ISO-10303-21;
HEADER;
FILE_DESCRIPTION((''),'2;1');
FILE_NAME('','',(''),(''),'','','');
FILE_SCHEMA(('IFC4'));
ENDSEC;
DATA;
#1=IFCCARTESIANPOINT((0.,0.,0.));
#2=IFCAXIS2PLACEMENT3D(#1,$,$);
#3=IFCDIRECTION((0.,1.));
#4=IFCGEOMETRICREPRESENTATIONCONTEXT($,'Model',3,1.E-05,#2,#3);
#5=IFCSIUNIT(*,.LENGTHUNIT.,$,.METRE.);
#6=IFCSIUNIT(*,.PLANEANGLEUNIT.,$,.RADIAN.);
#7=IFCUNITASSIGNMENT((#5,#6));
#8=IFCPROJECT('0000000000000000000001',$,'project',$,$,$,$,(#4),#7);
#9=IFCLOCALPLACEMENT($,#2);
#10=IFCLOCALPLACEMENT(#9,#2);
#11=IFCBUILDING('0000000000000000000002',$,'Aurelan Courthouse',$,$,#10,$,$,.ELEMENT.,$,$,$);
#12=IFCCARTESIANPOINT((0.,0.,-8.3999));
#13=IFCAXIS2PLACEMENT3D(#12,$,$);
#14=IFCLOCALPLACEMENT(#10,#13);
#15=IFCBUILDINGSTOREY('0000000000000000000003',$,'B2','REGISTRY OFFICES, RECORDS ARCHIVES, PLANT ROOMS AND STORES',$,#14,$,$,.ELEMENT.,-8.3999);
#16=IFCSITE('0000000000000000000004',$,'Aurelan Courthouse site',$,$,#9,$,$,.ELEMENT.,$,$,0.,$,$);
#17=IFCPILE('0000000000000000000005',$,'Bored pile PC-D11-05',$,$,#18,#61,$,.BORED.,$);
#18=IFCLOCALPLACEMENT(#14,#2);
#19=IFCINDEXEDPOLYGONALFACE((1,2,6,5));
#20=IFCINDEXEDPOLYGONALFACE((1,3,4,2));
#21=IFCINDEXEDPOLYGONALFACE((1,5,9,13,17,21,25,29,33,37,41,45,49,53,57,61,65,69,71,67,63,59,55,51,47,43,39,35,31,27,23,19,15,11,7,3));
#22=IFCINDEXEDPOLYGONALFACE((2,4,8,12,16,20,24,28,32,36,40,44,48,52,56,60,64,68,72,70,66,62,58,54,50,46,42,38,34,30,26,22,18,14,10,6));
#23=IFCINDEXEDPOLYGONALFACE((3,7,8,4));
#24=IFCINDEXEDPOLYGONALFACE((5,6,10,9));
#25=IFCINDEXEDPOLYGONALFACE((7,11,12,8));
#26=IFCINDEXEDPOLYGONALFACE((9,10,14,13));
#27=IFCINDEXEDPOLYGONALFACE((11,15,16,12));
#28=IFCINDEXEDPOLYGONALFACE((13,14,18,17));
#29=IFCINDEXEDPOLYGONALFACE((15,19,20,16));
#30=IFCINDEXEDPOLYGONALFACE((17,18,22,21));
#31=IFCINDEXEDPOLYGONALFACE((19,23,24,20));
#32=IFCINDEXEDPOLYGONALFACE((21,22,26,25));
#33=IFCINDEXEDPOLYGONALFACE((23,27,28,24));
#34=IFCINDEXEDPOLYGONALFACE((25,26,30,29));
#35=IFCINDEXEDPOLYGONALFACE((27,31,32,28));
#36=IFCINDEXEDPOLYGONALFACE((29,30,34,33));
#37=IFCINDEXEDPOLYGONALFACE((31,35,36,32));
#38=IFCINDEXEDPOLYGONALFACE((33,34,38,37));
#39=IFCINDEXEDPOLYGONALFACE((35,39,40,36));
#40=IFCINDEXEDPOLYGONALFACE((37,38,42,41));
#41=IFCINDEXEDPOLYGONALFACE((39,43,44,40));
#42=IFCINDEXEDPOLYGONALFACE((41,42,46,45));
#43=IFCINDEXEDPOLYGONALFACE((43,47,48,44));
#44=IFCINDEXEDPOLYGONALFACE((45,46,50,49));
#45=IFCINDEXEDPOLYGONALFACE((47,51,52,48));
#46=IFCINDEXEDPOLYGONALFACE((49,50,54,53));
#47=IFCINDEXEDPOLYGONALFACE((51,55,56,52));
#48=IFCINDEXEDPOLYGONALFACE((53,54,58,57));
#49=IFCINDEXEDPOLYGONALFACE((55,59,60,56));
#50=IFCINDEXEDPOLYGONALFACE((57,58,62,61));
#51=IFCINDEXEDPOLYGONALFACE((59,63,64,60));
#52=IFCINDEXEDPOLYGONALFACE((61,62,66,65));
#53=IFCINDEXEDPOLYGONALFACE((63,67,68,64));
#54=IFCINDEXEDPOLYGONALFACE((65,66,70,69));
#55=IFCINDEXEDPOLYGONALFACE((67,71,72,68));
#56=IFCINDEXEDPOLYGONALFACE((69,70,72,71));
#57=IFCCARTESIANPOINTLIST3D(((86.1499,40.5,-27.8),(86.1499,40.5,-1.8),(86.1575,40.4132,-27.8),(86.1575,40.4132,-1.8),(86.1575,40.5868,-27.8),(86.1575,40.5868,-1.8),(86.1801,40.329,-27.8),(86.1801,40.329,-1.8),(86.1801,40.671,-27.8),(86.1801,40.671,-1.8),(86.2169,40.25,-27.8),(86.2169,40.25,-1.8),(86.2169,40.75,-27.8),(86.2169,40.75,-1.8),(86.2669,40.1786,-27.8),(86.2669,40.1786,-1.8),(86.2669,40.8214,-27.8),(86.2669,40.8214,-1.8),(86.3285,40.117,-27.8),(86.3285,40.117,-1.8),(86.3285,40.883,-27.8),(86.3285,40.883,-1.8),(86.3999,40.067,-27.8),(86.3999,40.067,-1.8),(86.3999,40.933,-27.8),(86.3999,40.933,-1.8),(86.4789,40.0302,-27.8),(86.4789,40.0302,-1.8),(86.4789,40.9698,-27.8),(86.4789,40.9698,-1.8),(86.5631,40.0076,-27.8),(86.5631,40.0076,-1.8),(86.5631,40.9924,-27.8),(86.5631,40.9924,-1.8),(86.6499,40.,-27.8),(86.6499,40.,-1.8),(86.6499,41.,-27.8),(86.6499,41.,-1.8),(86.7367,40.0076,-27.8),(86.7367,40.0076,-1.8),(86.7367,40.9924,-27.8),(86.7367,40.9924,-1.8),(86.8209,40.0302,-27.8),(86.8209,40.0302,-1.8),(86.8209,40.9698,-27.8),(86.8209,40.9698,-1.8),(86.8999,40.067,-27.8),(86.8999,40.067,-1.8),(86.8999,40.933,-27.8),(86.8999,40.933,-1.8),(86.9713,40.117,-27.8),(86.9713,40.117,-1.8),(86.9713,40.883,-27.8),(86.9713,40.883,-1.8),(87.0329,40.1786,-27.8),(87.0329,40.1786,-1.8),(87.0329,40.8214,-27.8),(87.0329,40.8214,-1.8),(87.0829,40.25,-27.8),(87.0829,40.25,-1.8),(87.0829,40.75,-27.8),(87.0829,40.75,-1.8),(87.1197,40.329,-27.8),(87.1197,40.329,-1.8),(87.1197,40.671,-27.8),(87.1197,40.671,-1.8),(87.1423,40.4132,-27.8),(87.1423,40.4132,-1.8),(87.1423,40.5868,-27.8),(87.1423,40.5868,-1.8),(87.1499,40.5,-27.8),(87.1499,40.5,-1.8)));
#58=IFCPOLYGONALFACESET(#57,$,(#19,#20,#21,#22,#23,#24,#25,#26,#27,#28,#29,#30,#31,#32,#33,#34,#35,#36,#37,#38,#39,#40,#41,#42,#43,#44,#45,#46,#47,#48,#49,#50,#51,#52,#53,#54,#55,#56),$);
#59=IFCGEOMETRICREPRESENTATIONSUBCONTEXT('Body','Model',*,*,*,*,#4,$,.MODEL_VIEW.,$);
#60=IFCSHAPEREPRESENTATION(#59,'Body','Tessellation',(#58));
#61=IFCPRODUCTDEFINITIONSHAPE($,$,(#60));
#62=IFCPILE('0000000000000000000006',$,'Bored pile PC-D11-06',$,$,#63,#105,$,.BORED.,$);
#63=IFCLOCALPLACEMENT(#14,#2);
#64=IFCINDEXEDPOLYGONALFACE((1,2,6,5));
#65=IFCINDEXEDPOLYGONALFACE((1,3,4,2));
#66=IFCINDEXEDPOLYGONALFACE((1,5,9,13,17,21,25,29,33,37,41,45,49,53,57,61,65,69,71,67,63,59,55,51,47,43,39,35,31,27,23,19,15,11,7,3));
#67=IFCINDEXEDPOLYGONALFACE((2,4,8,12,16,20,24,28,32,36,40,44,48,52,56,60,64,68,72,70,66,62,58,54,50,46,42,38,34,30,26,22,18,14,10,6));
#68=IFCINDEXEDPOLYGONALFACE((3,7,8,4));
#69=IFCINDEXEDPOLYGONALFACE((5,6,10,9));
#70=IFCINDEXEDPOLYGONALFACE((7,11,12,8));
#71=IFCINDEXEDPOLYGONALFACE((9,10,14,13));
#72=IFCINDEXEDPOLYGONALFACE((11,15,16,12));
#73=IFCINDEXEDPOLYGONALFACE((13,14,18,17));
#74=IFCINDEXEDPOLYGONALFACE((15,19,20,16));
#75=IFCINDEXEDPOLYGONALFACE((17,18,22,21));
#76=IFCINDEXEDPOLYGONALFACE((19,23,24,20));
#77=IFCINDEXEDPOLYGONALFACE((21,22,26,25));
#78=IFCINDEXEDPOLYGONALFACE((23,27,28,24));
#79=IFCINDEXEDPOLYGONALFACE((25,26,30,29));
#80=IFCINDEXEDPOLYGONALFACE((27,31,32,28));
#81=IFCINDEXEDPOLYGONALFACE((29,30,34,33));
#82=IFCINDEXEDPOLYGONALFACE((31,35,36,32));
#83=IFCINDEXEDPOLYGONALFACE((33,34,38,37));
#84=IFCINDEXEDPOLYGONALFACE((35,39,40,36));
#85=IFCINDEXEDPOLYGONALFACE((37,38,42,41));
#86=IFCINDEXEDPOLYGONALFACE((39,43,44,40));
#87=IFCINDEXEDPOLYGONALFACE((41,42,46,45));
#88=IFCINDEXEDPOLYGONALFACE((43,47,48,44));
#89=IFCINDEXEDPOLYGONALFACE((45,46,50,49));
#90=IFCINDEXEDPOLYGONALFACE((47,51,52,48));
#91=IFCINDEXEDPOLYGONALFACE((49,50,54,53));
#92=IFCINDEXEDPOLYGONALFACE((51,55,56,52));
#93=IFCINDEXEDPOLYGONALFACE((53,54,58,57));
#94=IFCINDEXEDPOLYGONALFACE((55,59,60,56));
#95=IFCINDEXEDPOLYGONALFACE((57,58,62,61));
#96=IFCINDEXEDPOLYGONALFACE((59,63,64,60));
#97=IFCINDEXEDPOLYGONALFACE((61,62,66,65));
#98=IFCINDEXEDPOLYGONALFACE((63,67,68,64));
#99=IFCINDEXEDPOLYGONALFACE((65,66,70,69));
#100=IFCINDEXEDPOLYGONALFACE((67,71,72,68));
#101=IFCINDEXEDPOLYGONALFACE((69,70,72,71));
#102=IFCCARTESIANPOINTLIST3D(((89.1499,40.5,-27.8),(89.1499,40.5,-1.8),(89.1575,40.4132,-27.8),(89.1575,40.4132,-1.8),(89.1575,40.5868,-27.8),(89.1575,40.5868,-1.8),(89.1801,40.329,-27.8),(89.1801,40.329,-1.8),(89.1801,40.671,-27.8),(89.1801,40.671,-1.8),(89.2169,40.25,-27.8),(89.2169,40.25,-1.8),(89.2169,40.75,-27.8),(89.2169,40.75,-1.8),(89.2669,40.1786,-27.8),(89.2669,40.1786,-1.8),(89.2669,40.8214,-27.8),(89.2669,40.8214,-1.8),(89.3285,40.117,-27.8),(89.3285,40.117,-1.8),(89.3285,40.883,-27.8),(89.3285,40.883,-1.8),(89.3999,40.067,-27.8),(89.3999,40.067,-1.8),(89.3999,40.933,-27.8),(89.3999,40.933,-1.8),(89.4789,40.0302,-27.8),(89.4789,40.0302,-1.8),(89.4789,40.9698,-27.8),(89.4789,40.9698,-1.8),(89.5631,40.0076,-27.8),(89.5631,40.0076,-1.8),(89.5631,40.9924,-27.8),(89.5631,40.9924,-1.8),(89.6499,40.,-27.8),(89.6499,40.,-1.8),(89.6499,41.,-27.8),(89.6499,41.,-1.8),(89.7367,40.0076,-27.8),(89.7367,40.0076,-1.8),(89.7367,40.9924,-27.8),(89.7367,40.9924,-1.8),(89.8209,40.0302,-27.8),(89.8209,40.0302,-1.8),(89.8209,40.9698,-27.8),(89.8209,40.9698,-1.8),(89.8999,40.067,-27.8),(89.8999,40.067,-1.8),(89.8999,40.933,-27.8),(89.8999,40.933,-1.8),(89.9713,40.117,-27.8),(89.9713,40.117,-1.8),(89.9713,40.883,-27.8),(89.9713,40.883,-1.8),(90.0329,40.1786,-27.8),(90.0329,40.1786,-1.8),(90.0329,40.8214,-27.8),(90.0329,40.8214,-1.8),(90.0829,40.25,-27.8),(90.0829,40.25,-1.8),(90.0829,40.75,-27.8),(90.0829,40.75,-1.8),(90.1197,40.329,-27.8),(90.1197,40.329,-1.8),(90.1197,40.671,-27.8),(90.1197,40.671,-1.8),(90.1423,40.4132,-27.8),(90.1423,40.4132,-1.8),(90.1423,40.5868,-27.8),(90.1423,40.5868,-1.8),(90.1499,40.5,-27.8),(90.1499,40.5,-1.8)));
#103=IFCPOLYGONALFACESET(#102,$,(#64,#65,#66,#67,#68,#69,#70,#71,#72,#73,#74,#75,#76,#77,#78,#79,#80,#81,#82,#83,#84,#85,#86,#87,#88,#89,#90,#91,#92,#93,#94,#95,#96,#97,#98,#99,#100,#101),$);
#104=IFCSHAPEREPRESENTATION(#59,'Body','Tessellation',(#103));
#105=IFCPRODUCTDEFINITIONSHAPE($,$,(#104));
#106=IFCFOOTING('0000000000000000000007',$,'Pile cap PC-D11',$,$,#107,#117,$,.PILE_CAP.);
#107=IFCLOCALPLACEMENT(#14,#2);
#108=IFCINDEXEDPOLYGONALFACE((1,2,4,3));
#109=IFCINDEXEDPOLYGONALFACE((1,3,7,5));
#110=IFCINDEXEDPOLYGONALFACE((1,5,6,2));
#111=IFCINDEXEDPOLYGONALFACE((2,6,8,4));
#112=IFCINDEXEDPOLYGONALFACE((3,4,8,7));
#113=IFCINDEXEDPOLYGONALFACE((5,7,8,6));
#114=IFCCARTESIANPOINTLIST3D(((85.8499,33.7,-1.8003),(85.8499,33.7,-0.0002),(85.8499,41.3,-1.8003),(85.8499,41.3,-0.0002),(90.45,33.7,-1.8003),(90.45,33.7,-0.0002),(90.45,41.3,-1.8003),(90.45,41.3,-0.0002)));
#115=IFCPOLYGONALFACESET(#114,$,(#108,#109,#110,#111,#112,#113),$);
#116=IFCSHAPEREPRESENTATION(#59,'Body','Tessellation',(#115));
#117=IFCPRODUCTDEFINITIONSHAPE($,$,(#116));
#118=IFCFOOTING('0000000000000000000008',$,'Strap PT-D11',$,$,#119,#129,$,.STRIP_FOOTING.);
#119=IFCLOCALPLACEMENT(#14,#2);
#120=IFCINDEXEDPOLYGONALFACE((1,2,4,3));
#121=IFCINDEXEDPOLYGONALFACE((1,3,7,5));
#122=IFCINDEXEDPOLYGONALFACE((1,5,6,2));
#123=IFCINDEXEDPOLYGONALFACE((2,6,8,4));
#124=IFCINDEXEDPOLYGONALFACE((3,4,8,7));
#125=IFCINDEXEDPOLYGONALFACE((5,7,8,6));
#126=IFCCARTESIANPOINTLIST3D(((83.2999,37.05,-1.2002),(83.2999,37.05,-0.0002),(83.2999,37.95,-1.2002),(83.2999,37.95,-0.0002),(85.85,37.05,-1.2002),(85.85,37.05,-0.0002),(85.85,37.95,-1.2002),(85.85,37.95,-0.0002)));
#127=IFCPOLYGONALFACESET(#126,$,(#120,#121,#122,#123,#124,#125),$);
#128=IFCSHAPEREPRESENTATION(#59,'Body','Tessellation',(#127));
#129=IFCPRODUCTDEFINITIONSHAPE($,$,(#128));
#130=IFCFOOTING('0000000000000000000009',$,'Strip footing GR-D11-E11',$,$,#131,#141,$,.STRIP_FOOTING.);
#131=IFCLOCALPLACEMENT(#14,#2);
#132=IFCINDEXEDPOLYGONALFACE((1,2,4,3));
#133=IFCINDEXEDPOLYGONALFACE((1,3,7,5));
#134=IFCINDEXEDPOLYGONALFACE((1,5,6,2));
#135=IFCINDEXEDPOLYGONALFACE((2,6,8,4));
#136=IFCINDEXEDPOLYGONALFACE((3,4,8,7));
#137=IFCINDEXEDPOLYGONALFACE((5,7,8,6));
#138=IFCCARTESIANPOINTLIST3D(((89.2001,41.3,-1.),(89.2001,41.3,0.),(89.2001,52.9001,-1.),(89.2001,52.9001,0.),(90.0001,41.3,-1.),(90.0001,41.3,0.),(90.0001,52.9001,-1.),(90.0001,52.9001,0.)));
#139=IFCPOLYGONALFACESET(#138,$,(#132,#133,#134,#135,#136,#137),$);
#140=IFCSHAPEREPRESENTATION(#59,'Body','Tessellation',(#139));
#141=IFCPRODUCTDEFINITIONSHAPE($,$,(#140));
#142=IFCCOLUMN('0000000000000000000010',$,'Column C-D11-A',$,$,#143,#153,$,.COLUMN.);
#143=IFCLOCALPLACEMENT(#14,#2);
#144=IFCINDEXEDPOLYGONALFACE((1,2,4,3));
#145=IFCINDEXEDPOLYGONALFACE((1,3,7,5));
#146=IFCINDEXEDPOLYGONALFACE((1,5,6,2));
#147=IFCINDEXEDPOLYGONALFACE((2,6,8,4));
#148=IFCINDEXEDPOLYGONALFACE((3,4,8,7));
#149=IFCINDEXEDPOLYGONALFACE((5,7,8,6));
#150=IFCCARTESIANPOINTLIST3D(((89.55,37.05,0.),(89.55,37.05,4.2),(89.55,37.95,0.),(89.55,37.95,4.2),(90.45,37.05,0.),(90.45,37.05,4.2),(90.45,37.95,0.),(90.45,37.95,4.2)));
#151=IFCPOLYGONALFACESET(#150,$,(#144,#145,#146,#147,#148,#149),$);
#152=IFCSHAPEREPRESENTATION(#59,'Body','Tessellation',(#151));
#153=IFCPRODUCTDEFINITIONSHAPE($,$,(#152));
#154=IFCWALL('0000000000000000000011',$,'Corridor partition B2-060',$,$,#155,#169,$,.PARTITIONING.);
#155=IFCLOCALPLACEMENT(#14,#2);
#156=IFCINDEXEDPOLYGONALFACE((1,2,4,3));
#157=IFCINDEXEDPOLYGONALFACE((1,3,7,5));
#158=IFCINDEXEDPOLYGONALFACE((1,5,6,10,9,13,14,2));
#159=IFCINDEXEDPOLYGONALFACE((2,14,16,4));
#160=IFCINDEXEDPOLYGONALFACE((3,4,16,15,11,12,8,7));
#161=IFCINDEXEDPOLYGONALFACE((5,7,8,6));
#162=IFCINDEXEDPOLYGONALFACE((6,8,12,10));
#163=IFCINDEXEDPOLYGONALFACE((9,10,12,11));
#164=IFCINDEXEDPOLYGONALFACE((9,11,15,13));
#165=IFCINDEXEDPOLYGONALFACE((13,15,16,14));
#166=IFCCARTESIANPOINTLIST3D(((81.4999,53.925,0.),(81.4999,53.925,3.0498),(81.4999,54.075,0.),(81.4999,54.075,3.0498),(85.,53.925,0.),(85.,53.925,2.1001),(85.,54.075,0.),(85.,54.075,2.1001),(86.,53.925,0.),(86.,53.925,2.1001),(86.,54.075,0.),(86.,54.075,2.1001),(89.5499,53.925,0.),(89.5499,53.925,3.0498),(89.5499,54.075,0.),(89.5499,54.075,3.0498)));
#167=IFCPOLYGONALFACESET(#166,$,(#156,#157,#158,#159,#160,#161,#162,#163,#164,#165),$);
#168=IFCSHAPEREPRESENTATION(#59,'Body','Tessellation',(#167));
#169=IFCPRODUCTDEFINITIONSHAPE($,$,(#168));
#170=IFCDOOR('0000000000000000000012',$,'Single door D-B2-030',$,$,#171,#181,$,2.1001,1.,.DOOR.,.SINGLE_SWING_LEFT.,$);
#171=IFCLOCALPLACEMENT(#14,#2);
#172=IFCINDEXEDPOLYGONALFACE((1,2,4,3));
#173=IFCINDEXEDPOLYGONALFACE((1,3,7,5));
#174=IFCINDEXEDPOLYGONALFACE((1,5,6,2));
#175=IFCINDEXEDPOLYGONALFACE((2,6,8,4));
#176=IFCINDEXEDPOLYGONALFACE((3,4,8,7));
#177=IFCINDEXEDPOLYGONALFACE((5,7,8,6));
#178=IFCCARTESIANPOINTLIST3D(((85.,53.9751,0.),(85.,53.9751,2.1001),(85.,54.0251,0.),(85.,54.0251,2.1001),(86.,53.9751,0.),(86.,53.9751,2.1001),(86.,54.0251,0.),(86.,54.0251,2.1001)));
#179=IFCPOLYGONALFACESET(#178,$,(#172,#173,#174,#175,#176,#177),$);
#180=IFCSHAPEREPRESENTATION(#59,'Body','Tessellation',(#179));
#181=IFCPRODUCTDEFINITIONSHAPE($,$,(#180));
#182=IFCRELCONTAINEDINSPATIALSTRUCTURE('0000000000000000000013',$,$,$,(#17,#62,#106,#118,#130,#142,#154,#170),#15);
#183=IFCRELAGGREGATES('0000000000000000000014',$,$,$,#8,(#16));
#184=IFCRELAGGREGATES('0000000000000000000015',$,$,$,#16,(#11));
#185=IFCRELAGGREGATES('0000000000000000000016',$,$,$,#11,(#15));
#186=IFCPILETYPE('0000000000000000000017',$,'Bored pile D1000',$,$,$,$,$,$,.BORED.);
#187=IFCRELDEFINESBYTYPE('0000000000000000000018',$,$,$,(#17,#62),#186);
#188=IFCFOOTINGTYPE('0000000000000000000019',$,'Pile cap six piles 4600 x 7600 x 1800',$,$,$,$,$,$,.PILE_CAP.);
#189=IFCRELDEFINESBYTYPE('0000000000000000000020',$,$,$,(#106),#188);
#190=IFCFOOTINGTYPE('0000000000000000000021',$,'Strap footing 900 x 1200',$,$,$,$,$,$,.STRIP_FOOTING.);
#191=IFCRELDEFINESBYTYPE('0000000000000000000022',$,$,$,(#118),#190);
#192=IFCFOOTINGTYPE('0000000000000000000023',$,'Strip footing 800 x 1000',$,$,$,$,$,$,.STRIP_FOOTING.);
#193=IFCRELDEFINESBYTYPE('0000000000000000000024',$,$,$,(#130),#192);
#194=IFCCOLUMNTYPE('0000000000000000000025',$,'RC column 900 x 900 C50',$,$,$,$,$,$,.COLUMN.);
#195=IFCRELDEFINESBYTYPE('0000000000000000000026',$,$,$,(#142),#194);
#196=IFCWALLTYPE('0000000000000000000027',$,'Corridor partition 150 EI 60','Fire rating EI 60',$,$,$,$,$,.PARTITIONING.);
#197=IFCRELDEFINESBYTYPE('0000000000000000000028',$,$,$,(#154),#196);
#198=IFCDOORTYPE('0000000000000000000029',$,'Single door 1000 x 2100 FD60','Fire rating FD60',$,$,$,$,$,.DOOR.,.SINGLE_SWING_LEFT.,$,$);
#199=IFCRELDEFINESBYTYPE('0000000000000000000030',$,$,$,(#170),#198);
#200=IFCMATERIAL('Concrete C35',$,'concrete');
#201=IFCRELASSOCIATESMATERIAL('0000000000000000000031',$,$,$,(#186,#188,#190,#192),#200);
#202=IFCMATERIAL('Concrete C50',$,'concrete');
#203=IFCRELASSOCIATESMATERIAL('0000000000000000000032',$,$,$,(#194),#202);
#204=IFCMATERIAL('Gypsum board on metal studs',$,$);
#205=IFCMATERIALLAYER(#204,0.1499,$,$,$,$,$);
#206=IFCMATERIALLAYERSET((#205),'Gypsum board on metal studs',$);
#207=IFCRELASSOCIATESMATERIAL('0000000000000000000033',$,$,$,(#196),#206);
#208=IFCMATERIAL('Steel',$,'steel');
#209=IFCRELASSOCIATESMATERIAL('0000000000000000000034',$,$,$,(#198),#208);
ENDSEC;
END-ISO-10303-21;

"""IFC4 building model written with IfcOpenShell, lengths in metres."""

from ifc_helpers import new_model, si_unit, direction, frame, frame_2d, origin, origin_2d, place, context, subcontext, project, spatial, rectangle, circle, extrude, material, layer, layer_set, material_profile, profile_set, type_object, element, fill, save


model = new_model("IFC4")

# Units and contexts
model_context = context("Model", 3, precision=1e-05, world=origin(), true_north=direction((0.0, 1.0)))
body_context = subcontext(model_context, "Body", "Model", "MODEL_VIEW")
ifc_project = project(units=[si_unit("LENGTHUNIT", "METRE"), si_unit("PLANEANGLEUNIT", "RADIAN")], contexts=[model_context])

# Site, building, storey
site_placement = place(None, origin())
site = spatial("IfcSite", under=ifc_project, at=site_placement, Name="Aurelan Courthouse site", CompositionType="ELEMENT", RefElevation=0.0)
building_placement = place(site_placement, origin())
building = spatial("IfcBuilding", under=site, at=building_placement, Name="Aurelan Courthouse", CompositionType="ELEMENT")
storey_placement = place(building_placement, frame((0.0, 0.0, -8.3999)))
storey = spatial("IfcBuildingStorey", under=building, at=storey_placement, Name="B2", Description="REGISTRY OFFICES, RECORDS ARCHIVES, PLANT ROOMS AND STORES", CompositionType="ELEMENT", Elevation=-8.3999)

# Piles
ifc_material_1 = material(Name="Concrete C35", Category="concrete")
ifc_material_profile_1 = material_profile(ifc_material_1, circle(Radius=0.5, at=origin_2d()), Name="D1000")
ifc_profile_set_1 = profile_set([ifc_material_profile_1], Name="Concrete C35")
pile_type = type_object("IfcPileType", Name="Bored pile D1000", PredefinedType="BORED", material=ifc_profile_set_1)
for number, where, z_axis, x_axis, name in (
    (1, (86.6499, 40.5, -1.8), (0.0, 0.0, -1.0), (1.0, 0.0, 0.0), "Bored pile PC-D11-05"),
    (2, (89.6499, 40.5, -1.8), (0.0, 0.0, -1.0), (1.0, 0.0, 0.0), "Bored pile PC-D11-06"),
):
    element("IfcPile", number, at=place(storey_placement, frame(where, z_axis=z_axis, x_axis=x_axis)), inside=storey, type_object=pile_type, Name=name, PredefinedType="BORED", context=body_context, shape_type="SweptSolid", body=[
        extrude(circle(Radius=0.5, at=origin_2d()), origin(), (0.0, 0.0, 1.0), 26.0),
    ])

# Footings
footing_type_1 = type_object("IfcFootingType", Name="Pile cap six piles 4600 x 7600 x 1800", PredefinedType="PILE_CAP", material=ifc_material_1)
footing_1_placement = place(storey_placement, frame((88.1499, 37.5, -1.8003), z_axis=(0.0, 0.0, 1.0), x_axis=(1.0, 0.0, 0.0)))
element("IfcFooting", 3, at=footing_1_placement, inside=storey, type_object=footing_type_1, Name="Pile cap PC-D11", PredefinedType="PILE_CAP", context=body_context, shape_type="SweptSolid", body=[
    extrude(rectangle(XDim=4.6001, YDim=7.6001, at=origin_2d()), origin(), (0.0, 0.0, 1.0), 1.8),
])
footing_type_2 = type_object("IfcFootingType", Name="Strap footing 900 x 1200", PredefinedType="STRIP_FOOTING", material=ifc_material_1)
footing_2_placement = place(storey_placement, frame((84.575, 37.5, -1.2002), z_axis=(0.0, 0.0, 1.0), x_axis=(1.0, 0.0, 0.0)))
element("IfcFooting", 4, at=footing_2_placement, inside=storey, type_object=footing_type_2, Name="Strap PT-D11", PredefinedType="STRIP_FOOTING", context=body_context, shape_type="SweptSolid", body=[
    extrude(rectangle(XDim=2.55, YDim=0.8999, at=origin_2d()), origin(), (0.0, 0.0, 1.0), 1.2),
])
footing_type_3 = type_object("IfcFootingType", Name="Strip footing 800 x 1000", PredefinedType="STRIP_FOOTING", material=ifc_material_1)
footing_3_placement = place(storey_placement, frame((89.6001, 47.1001, -1.0), z_axis=(0.0, 0.0, 1.0), x_axis=(1.0, 0.0, 0.0)))
element("IfcFooting", 5, at=footing_3_placement, inside=storey, type_object=footing_type_3, Name="Strip footing GR-D11-E11", PredefinedType="STRIP_FOOTING", context=body_context, shape_type="SweptSolid", body=[
    extrude(rectangle(XDim=0.8, YDim=11.6001, at=origin_2d()), origin(), (0.0, 0.0, 1.0), 1.0),
])

# Column
ifc_material_2 = material(Name="Concrete C50", Category="concrete")
ifc_material_profile_2 = material_profile(ifc_material_2, rectangle(XDim=0.8999, YDim=0.8999, at=origin_2d()), Name="RC 900 x 900")
ifc_profile_set_2 = profile_set([ifc_material_profile_2], Name="Concrete C50")
column_type = type_object("IfcColumnType", Name="RC column 900 x 900 C50", PredefinedType="COLUMN", material=ifc_profile_set_2)
column_placement = place(storey_placement, frame((90.0, 37.5, 0.0), z_axis=(0.0, 0.0, 1.0), x_axis=(1.0, 0.0, 0.0)))
element("IfcColumn", 6, at=column_placement, inside=storey, type_object=column_type, Name="Column C-D11-A", PredefinedType="COLUMN", context=body_context, shape_type="SweptSolid", body=[
    extrude(rectangle(XDim=0.8999, YDim=0.8999, at=origin_2d()), origin(), (0.0, 0.0, 1.0), 4.2),
])

# Wall, opening, door
ifc_material_3 = material(Name="Gypsum board on metal studs")
ifc_layer_1 = layer(ifc_material_3, 0.1499)
ifc_layer_set_1 = layer_set([ifc_layer_1], Name="Gypsum board on metal studs")
wall_type_1 = type_object("IfcWallType", Name="Corridor partition 150 EI 60", Description="Fire rating EI 60", PredefinedType="PARTITIONING", material=ifc_layer_set_1)
wall_1_placement = place(storey_placement, frame((81.5, 54.0, 0.0), z_axis=(0.0, 0.0, 1.0), x_axis=(1.0, 0.0, 0.0)))
wall_1 = element("IfcWall", 7, at=wall_1_placement, inside=storey, type_object=wall_type_1, Name="Corridor partition B2-060", PredefinedType="PARTITIONING", context=body_context, shape_type="SweptSolid", body=[
    extrude(rectangle(XDim=8.05, YDim=0.1499, at=frame_2d((4.0249, 0.0))), origin(), (0.0, 0.0, 1.0), 3.0498),
])
opening_1_placement = place(wall_1_placement, frame((4.5, 0.0, 0.0), z_axis=(0.0, 0.0, 1.0), x_axis=(-1.0, 0.0, 0.0)))
opening_1 = element("IfcOpeningElement", 8, at=opening_1_placement, cuts=wall_1, PredefinedType="OPENING", context=body_context, shape_type="SweptSolid", body=[
    extrude(rectangle(XDim=1.0, YDim=2.1001, at=frame_2d((0.5, 1.05))), frame((0.0, 0.085, 0.0), z_axis=(0.0, -1.0, 0.0), x_axis=(1.0, 0.0, 0.0)), (0.0, 0.0, 1.0), 0.1699),
])
ifc_material_4 = material(Name="Steel", Category="steel")
door_type_1 = type_object("IfcDoorType", Name="Single door 1000 x 2100 FD60", Description="Fire rating FD60", OperationType="SINGLE_SWING_LEFT", PredefinedType="DOOR", material=ifc_material_4)
door_1_placement = place(opening_1_placement, origin())
door_1 = element("IfcDoor", 9, at=door_1_placement, inside=storey, type_object=door_type_1, Name="Single door D-B2-030", OperationType="SINGLE_SWING_LEFT", OverallHeight=2.1001, OverallWidth=1.0, PredefinedType="DOOR", context=body_context, shape_type="SweptSolid", body=[
    extrude(rectangle(XDim=1.0, YDim=2.1001, at=frame_2d((0.5, 1.05))), frame((0.0, 0.0249, 0.0), z_axis=(0.0, -1.0, 0.0), x_axis=(1.0, 0.0, 0.0)), (0.0, 0.0, 1.0), 0.05),
])
fill(opening_1, door_1)

save(model, "model.ifc")
